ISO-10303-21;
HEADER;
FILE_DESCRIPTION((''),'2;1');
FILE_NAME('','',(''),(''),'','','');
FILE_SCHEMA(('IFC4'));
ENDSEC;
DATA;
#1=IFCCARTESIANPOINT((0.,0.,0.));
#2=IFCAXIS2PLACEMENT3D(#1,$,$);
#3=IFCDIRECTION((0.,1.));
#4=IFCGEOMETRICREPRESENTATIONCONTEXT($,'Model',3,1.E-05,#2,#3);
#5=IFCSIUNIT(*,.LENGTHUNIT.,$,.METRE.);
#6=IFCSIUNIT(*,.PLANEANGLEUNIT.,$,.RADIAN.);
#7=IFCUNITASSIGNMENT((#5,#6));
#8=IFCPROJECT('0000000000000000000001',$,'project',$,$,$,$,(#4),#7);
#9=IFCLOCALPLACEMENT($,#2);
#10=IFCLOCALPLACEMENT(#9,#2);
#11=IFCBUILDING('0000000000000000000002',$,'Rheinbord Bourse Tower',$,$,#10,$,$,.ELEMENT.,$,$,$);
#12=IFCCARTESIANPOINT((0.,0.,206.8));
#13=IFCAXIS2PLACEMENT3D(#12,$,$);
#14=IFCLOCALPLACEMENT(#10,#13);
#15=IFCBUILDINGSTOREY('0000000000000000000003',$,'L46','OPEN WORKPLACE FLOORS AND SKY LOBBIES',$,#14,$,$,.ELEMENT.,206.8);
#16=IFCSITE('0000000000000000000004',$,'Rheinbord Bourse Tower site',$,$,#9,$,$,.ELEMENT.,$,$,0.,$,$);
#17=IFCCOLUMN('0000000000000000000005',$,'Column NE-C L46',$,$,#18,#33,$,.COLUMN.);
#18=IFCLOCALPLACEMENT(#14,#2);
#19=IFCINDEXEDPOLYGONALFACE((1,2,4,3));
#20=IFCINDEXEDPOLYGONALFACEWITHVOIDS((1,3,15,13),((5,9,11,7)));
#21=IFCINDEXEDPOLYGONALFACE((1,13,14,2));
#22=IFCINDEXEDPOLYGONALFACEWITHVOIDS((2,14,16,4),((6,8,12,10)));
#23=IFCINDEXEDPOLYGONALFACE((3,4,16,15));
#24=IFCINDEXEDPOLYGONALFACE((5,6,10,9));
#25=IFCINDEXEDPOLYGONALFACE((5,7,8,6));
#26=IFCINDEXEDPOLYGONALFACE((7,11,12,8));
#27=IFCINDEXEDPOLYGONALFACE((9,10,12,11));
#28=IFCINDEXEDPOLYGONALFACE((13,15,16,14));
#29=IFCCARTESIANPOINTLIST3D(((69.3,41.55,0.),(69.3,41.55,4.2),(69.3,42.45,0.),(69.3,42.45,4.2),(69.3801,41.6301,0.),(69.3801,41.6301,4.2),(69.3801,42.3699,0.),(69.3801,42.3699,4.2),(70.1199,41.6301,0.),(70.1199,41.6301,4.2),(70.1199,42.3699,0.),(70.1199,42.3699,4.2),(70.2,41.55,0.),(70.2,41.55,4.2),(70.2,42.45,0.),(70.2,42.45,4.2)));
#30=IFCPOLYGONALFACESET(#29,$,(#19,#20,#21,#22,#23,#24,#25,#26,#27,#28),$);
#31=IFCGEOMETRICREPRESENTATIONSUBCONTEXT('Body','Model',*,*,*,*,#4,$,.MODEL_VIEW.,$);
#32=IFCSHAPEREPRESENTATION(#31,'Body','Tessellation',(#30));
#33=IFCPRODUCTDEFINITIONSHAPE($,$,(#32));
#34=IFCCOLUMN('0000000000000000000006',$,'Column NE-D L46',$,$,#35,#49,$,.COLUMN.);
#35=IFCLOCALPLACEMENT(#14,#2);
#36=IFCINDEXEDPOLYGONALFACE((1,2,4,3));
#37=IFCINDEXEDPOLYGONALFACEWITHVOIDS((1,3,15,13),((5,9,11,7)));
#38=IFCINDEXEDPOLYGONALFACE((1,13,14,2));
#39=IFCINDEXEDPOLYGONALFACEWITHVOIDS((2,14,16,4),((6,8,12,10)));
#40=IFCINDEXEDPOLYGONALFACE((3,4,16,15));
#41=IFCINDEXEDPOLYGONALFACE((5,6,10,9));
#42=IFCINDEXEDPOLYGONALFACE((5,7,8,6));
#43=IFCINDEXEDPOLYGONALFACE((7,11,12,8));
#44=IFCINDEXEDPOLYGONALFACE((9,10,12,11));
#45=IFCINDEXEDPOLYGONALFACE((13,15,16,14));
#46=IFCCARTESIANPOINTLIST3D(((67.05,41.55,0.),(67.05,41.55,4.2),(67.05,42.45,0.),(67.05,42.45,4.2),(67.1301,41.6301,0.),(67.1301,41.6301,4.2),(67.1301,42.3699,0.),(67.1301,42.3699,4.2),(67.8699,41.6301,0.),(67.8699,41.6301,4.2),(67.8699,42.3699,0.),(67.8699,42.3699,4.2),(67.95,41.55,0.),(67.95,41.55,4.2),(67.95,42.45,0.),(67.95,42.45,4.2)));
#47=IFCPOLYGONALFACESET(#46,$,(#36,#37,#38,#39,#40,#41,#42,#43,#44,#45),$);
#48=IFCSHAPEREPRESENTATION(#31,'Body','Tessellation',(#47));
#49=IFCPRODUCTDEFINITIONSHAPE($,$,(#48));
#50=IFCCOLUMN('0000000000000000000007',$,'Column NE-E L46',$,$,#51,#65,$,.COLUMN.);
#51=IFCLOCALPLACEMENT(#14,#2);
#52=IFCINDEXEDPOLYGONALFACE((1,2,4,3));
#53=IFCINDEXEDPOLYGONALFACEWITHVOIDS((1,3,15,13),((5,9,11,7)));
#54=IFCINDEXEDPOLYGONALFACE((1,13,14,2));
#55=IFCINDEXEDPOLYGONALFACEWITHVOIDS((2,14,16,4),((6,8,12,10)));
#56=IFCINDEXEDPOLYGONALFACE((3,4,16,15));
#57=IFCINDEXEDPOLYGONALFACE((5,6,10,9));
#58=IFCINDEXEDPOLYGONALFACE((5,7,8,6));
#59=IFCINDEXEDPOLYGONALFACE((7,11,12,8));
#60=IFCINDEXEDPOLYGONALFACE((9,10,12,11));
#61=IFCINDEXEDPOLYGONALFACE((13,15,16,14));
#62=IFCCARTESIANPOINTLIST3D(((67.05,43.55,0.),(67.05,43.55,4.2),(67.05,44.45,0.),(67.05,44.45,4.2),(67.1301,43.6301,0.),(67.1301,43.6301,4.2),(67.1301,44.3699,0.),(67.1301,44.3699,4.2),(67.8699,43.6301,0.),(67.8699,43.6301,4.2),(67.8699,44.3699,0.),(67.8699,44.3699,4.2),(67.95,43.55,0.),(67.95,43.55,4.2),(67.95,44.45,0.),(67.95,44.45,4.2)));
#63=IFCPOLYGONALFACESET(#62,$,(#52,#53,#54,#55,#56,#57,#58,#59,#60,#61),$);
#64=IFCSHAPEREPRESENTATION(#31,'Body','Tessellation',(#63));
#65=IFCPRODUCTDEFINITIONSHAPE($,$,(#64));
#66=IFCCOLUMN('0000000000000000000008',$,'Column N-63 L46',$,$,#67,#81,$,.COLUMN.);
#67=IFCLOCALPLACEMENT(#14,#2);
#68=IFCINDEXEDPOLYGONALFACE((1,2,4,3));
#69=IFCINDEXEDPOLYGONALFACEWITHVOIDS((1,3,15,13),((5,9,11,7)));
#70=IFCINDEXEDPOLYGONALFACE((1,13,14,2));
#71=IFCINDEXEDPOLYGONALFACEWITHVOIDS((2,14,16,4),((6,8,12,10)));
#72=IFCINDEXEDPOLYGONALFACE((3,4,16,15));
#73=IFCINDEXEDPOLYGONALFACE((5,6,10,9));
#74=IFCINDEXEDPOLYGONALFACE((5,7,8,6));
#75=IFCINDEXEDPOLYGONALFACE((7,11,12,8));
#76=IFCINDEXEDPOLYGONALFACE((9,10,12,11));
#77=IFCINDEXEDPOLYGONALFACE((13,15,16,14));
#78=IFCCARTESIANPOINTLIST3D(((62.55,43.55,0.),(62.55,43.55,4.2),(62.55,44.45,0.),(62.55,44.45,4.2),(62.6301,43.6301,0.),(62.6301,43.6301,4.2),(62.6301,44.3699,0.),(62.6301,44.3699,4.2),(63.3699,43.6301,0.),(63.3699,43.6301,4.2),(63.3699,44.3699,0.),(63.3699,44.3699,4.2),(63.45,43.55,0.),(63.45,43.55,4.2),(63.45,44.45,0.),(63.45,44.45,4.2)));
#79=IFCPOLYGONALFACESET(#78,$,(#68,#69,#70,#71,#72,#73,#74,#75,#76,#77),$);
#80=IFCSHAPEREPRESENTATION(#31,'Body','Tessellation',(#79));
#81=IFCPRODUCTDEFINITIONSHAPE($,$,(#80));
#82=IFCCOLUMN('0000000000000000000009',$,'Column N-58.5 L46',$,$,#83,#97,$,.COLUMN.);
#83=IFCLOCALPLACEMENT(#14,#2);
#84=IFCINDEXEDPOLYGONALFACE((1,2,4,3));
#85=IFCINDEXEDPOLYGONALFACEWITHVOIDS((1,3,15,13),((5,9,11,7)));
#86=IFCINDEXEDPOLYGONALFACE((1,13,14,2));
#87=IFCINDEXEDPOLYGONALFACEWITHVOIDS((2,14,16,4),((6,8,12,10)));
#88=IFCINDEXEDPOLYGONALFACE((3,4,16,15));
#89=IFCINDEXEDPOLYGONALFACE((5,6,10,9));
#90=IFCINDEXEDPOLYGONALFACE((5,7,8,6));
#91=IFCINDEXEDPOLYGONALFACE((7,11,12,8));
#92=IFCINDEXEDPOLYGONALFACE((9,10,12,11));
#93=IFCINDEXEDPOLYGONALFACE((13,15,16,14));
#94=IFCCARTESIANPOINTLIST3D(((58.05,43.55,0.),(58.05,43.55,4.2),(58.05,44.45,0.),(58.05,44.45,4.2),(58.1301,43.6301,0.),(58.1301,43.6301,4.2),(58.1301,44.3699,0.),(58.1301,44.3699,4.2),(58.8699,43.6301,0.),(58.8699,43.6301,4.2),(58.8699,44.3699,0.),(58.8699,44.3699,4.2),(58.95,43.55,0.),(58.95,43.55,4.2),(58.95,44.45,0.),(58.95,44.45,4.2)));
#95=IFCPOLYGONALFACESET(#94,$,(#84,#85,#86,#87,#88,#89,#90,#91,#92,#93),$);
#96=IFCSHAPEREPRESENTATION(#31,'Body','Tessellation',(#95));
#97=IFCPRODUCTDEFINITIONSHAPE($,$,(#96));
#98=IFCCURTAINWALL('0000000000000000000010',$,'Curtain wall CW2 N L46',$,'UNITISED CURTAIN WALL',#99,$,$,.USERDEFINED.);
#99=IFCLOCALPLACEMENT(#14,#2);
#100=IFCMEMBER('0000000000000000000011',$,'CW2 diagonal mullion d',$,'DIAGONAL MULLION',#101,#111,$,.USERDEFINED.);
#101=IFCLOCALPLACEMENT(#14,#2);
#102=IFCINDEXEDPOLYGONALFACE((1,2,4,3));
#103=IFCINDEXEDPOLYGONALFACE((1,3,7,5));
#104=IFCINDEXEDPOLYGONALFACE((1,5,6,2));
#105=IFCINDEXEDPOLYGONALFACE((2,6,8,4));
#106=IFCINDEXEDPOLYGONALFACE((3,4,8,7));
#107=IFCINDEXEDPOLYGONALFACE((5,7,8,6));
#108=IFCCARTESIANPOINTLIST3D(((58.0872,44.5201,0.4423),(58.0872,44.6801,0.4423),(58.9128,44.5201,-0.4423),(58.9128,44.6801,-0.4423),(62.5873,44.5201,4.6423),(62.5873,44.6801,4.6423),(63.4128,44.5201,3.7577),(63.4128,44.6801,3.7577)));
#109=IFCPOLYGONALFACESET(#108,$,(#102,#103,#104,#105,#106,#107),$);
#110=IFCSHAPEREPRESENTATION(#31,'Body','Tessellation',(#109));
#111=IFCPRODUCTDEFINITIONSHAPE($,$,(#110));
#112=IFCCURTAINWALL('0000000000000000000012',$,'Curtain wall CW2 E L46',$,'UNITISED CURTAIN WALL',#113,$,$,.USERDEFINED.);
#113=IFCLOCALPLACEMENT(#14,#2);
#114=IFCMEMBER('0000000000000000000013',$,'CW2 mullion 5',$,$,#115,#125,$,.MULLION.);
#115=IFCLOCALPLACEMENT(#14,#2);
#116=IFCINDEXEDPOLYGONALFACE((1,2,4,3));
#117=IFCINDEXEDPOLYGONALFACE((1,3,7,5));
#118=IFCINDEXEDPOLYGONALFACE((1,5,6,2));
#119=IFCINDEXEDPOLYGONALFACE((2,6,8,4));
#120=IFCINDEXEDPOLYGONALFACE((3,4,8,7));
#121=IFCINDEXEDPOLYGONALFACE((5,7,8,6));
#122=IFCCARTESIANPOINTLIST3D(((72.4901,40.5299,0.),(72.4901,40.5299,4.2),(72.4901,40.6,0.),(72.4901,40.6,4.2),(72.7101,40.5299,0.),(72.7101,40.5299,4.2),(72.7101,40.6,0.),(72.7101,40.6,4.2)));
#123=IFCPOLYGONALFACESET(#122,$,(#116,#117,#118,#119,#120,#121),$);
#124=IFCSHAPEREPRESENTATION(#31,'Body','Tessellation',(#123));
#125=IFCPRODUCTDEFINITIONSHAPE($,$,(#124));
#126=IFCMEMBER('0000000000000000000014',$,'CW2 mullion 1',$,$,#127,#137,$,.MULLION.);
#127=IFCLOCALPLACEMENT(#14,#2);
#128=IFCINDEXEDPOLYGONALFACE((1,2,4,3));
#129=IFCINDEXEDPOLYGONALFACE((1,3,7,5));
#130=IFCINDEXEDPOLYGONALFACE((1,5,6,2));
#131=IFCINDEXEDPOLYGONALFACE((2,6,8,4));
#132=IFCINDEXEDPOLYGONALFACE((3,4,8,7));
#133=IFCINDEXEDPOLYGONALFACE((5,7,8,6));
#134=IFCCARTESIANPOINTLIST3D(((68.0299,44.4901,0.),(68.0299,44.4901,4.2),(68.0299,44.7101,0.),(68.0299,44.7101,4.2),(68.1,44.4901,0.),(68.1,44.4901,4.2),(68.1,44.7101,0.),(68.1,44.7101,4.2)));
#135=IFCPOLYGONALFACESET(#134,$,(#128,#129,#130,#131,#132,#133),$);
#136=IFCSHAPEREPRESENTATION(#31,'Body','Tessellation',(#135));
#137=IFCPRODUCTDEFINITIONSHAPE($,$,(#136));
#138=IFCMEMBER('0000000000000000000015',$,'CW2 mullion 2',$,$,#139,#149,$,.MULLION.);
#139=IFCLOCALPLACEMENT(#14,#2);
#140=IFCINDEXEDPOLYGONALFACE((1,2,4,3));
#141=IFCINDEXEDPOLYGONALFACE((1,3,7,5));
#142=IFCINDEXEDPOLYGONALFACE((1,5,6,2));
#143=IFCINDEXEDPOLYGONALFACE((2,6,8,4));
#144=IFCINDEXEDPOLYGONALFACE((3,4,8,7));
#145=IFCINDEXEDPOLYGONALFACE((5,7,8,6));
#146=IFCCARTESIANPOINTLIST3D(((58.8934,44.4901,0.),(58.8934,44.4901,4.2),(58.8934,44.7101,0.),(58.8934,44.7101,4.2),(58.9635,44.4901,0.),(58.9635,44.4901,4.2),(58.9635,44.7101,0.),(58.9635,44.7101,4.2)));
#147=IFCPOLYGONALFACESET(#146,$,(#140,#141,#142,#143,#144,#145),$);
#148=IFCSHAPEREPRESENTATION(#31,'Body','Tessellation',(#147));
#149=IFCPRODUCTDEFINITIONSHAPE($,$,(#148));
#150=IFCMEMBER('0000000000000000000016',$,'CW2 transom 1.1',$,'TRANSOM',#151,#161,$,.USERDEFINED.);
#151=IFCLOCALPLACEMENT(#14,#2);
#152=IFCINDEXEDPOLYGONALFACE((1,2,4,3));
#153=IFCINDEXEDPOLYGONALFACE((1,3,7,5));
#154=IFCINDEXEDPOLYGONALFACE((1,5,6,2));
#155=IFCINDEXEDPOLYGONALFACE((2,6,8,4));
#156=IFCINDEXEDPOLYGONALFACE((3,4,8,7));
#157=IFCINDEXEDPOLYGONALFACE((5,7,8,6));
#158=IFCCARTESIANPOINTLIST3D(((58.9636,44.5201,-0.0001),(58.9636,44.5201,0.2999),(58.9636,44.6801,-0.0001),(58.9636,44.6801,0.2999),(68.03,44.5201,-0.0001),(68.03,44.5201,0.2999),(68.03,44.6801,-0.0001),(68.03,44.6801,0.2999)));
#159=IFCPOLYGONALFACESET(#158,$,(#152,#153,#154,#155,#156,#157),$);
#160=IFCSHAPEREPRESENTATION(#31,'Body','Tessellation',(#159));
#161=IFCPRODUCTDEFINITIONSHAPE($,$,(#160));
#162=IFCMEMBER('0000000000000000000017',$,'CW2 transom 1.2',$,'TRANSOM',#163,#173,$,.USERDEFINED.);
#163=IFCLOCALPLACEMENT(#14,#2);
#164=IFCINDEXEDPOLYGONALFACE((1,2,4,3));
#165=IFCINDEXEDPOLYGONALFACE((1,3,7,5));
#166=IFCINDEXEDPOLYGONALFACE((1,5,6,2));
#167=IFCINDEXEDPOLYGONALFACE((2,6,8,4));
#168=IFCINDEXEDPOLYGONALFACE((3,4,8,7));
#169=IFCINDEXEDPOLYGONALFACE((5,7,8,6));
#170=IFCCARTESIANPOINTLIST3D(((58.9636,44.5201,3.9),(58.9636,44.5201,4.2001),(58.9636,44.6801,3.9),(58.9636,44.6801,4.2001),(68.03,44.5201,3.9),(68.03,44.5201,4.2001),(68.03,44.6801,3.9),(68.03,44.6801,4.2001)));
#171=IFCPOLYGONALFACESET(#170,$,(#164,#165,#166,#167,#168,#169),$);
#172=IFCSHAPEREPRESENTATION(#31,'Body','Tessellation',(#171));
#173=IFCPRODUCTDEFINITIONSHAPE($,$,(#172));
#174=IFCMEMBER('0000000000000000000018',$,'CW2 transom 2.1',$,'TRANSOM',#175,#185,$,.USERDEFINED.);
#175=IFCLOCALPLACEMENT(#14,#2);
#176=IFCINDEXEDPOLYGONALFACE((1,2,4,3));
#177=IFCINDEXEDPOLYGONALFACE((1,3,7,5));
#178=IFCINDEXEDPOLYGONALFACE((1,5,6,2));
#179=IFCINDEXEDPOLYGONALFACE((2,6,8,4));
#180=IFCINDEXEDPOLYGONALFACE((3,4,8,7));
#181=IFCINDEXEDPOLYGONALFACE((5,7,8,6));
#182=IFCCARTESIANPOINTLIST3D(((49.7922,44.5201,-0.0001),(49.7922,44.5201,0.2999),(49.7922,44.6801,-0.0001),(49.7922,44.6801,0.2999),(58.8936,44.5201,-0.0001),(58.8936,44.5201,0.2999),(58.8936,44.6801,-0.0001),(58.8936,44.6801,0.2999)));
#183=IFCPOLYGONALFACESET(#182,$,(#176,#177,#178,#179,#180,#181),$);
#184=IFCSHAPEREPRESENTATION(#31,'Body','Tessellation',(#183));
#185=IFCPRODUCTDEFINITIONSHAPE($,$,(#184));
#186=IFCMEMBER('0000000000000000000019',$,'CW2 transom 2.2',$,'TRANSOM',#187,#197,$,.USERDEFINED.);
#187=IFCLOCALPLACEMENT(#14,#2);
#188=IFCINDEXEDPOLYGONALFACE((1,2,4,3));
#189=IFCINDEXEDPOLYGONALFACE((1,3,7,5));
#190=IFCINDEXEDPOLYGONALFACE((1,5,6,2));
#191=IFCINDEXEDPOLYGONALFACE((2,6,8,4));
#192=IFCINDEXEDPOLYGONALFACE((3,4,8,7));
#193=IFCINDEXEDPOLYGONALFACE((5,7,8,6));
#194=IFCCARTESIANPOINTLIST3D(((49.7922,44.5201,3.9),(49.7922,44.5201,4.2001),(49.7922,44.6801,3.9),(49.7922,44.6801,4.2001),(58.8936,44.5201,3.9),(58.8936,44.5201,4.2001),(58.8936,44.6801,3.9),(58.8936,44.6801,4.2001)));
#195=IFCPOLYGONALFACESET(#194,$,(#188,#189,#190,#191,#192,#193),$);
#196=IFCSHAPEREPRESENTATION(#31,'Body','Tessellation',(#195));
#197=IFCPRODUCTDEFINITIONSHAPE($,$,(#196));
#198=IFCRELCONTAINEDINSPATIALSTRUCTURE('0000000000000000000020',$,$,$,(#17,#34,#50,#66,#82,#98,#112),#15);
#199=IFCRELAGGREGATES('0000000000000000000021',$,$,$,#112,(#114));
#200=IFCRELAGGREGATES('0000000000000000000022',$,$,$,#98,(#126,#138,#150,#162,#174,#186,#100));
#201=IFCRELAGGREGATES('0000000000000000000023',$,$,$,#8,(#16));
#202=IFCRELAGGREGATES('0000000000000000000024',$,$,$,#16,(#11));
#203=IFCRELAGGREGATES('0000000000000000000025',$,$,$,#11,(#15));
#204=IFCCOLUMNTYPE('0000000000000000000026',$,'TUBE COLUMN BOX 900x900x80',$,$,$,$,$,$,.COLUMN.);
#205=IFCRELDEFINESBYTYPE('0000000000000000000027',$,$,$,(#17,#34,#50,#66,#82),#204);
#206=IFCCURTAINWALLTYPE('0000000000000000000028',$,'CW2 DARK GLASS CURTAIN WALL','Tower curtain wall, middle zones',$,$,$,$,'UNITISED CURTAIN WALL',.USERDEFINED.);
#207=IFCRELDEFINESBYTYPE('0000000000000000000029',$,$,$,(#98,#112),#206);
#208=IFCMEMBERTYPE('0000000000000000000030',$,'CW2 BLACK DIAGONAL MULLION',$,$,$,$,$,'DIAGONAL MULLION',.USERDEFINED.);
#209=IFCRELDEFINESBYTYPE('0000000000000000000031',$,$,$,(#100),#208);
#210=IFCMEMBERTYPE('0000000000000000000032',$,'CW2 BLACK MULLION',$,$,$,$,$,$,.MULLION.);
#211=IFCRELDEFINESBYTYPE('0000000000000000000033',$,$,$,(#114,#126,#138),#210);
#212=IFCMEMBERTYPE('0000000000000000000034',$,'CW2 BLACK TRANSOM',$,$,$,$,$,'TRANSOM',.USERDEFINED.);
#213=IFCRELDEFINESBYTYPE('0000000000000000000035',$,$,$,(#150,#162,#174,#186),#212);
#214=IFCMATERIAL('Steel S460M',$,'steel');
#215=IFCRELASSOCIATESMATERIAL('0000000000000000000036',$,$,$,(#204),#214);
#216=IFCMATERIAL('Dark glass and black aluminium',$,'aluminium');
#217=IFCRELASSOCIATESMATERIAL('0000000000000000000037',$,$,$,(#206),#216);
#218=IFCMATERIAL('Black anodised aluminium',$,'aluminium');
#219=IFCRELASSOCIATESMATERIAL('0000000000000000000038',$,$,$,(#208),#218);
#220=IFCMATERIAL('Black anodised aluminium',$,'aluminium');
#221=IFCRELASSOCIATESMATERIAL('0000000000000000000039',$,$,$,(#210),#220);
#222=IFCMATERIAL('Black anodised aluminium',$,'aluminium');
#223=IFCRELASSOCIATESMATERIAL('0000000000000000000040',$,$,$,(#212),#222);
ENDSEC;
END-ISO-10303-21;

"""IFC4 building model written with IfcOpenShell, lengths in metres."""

from ifc_helpers import new_model, si_unit, direction, frame, origin, origin_2d, place, context, subcontext, project, spatial, rectangle, hollow_rectangle, extrude, material, material_profile, profile_set, type_object, element, aggregate, save


model = new_model("IFC4")

# Units and contexts
model_context = context("Model", 3, precision=1e-05, world=origin(), true_north=direction((0.0, 1.0)))
body_context = subcontext(model_context, "Body", "Model", "MODEL_VIEW")
ifc_project = project(units=[si_unit("LENGTHUNIT", "METRE"), si_unit("PLANEANGLEUNIT", "RADIAN")], contexts=[model_context])

# Site, building, storey
site_placement = place(None, origin())
site = spatial("IfcSite", under=ifc_project, at=site_placement, Name="Rheinbord Bourse Tower site", CompositionType="ELEMENT", RefElevation=0.0)
building_placement = place(site_placement, origin())
building = spatial("IfcBuilding", under=site, at=building_placement, Name="Rheinbord Bourse Tower", CompositionType="ELEMENT")
storey_placement = place(building_placement, frame((0.0, 0.0, 206.8)))
storey = spatial("IfcBuildingStorey", under=building, at=storey_placement, Name="L46", Description="OPEN WORKPLACE FLOORS AND SKY LOBBIES", CompositionType="ELEMENT", Elevation=206.8)

# Columns
ifc_material_1 = material(Name="Steel S460M", Category="steel")
ifc_material_profile_1 = material_profile(ifc_material_1, hollow_rectangle(XDim=0.8999, YDim=0.8999, WallThickness=0.0801, at=origin_2d()), Name="BOX 900x900x80")
ifc_profile_set_1 = profile_set([ifc_material_profile_1], Name="Steel S460M")
column_type = type_object("IfcColumnType", Name="TUBE COLUMN BOX 900x900x80", PredefinedType="COLUMN", material=ifc_profile_set_1)
for number, where, z_axis, x_axis, name in (
    (1, (69.75, 42.0, 0.0), (0.0, 0.0, 1.0), (1.0, 0.0, 0.0), "Column NE-C L46"),
    (2, (67.5, 42.0, 0.0), (0.0, 0.0, 1.0), (0.0, 1.0, 0.0), "Column NE-D L46"),
    (3, (67.5, 44.0, 0.0), (0.0, 0.0, 1.0), (0.0, 1.0, 0.0), "Column NE-E L46"),
    (4, (63.0, 44.0, 0.0), (0.0, 0.0, 1.0), (0.0, 1.0, 0.0), "Column N-63 L46"),
    (5, (58.5, 44.0, 0.0), (0.0, 0.0, 1.0), (0.0, 1.0, 0.0), "Column N-58.5 L46"),
):
    element("IfcColumn", number, at=place(storey_placement, frame(where, z_axis=z_axis, x_axis=x_axis)), inside=storey, type_object=column_type, Name=name, PredefinedType="COLUMN", context=body_context, shape_type="SweptSolid", body=[
        extrude(hollow_rectangle(XDim=0.8999, YDim=0.8999, WallThickness=0.0801, at=origin_2d()), origin(), (0.0, 0.0, 1.0), 4.2),
    ])

# Curtain walls, members
ifc_material_2 = material(Name="Dark glass and black aluminium", Category="aluminium")
curtain_wall_type = type_object("IfcCurtainWallType", Name="CW2 DARK GLASS CURTAIN WALL", Description="Tower curtain wall, middle zones", ElementType="UNITISED CURTAIN WALL", PredefinedType="USERDEFINED", material=ifc_material_2)
curtain_wall_1_placement = place(storey_placement, origin())
curtain_wall_1 = element("IfcCurtainWall", 6, at=curtain_wall_1_placement, inside=storey, type_object=curtain_wall_type, Name="Curtain wall CW2 N L46", ObjectType="UNITISED CURTAIN WALL", PredefinedType="USERDEFINED")
ifc_material_3 = material(Name="Black anodised aluminium", Category="aluminium")
ifc_material_profile_2 = material_profile(ifc_material_3, rectangle(XDim=0.1599, YDim=1.21, at=origin_2d()), Name="CW2 DIAGONAL MULLION 1210x160")
ifc_profile_set_2 = profile_set([ifc_material_profile_2], Name="Black anodised aluminium")
member_type_1 = type_object("IfcMemberType", Name="CW2 BLACK DIAGONAL MULLION", ElementType="DIAGONAL MULLION", PredefinedType="USERDEFINED", material=ifc_profile_set_2)
member_1_placement = place(storey_placement, frame((58.5, 44.6001, 0.0), z_axis=(0.731059, 0.0, 0.682314), x_axis=(0.0, 1.0, 0.0)))
member_1 = element("IfcMember", 7, at=member_1_placement, type_object=member_type_1, Name="CW2 diagonal mullion d", ObjectType="DIAGONAL MULLION", PredefinedType="USERDEFINED", context=body_context, shape_type="SweptSolid", body=[
    extrude(rectangle(XDim=0.1599, YDim=1.21, at=origin_2d()), origin(), (0.0, 0.0, 1.0), 6.1555),
])
curtain_wall_2_placement = place(storey_placement, origin())
curtain_wall_2 = element("IfcCurtainWall", 8, at=curtain_wall_2_placement, inside=storey, type_object=curtain_wall_type, Name="Curtain wall CW2 E L46", ObjectType="UNITISED CURTAIN WALL", PredefinedType="USERDEFINED")
ifc_material_4 = material(Name="Black anodised aluminium", Category="aluminium")
ifc_material_profile_3 = material_profile(ifc_material_4, rectangle(XDim=0.22, YDim=0.0701, at=origin_2d()), Name="CW2 MULLION 70x220")
ifc_profile_set_3 = profile_set([ifc_material_profile_3], Name="Black anodised aluminium")
member_type_2 = type_object("IfcMemberType", Name="CW2 BLACK MULLION", PredefinedType="MULLION", material=ifc_profile_set_3)
member_2_placement = place(storey_placement, frame((72.6001, 40.5649, 0.0), z_axis=(0.0, 0.0, 1.0), x_axis=(-1.0, 0.0, 0.0)))
member_2 = element("IfcMember", 9, at=member_2_placement, type_object=member_type_2, Name="CW2 mullion 5", PredefinedType="MULLION", context=body_context, shape_type="SweptSolid", body=[
    extrude(rectangle(XDim=0.22, YDim=0.0701, at=origin_2d()), origin(), (0.0, 0.0, 1.0), 4.2),
])

# Members
member_3_placement = place(storey_placement, frame((68.0649, 44.6001, 0.0), z_axis=(0.0, 0.0, 1.0), x_axis=(0.0, -1.0, 0.0)))
member_3 = element("IfcMember", 10, at=member_3_placement, type_object=member_type_2, Name="CW2 mullion 1", PredefinedType="MULLION", context=body_context, shape_type="SweptSolid", body=[
    extrude(rectangle(XDim=0.22, YDim=0.0701, at=origin_2d()), origin(), (0.0, 0.0, 1.0), 4.2),
])
member_4_placement = place(storey_placement, frame((58.9285, 44.6001, 0.0), z_axis=(0.0, 0.0, 1.0), x_axis=(0.0, -1.0, 0.0)))
member_4 = element("IfcMember", 11, at=member_4_placement, type_object=member_type_2, Name="CW2 mullion 2", PredefinedType="MULLION", context=body_context, shape_type="SweptSolid", body=[
    extrude(rectangle(XDim=0.22, YDim=0.0701, at=origin_2d()), origin(), (0.0, 0.0, 1.0), 4.2),
])
ifc_material_5 = material(Name="Black anodised aluminium", Category="aluminium")
ifc_material_profile_4 = material_profile(ifc_material_5, rectangle(XDim=0.1599, YDim=0.3, at=origin_2d()), Name="CW2 TRANSOM 300x160")
ifc_profile_set_4 = profile_set([ifc_material_profile_4], Name="Black anodised aluminium")
member_type_3 = type_object("IfcMemberType", Name="CW2 BLACK TRANSOM", ElementType="TRANSOM", PredefinedType="USERDEFINED", material=ifc_profile_set_4)
member_5_placement = place(storey_placement, frame((68.03, 44.6001, 0.1499), z_axis=(-1.0, 0.0, 0.0), x_axis=(0.0, -1.0, 0.0)))
member_5 = element("IfcMember", 12, at=member_5_placement, type_object=member_type_3, Name="CW2 transom 1.1", ObjectType="TRANSOM", PredefinedType="USERDEFINED", context=body_context, shape_type="SweptSolid", body=[
    extrude(rectangle(XDim=0.1599, YDim=0.3, at=origin_2d()), origin(), (0.0, 0.0, 1.0), 9.0664),
])
member_6_placement = place(storey_placement, frame((68.03, 44.6001, 4.05), z_axis=(-1.0, 0.0, 0.0), x_axis=(0.0, -1.0, 0.0)))
member_6 = element("IfcMember", 13, at=member_6_placement, type_object=member_type_3, Name="CW2 transom 1.2", ObjectType="TRANSOM", PredefinedType="USERDEFINED", context=body_context, shape_type="SweptSolid", body=[
    extrude(rectangle(XDim=0.1599, YDim=0.3, at=origin_2d()), origin(), (0.0, 0.0, 1.0), 9.0664),
])
member_7_placement = place(storey_placement, frame((58.8936, 44.6001, 0.1499), z_axis=(-1.0, 0.0, 0.0), x_axis=(0.0, -1.0, 0.0)))
member_7 = element("IfcMember", 14, at=member_7_placement, type_object=member_type_3, Name="CW2 transom 2.1", ObjectType="TRANSOM", PredefinedType="USERDEFINED", context=body_context, shape_type="SweptSolid", body=[
    extrude(rectangle(XDim=0.1599, YDim=0.3, at=origin_2d()), origin(), (0.0, 0.0, 1.0), 9.1013),
])
member_8_placement = place(storey_placement, frame((58.8936, 44.6001, 4.05), z_axis=(-1.0, 0.0, 0.0), x_axis=(0.0, -1.0, 0.0)))
member_8 = element("IfcMember", 15, at=member_8_placement, type_object=member_type_3, Name="CW2 transom 2.2", ObjectType="TRANSOM", PredefinedType="USERDEFINED", context=body_context, shape_type="SweptSolid", body=[
    extrude(rectangle(XDim=0.1599, YDim=0.3, at=origin_2d()), origin(), (0.0, 0.0, 1.0), 9.1013),
])

aggregate(curtain_wall_2, [member_2])
aggregate(curtain_wall_1, [member_3, member_4, member_5, member_6, member_7, member_8, member_1])

save(model, "model.ifc")
